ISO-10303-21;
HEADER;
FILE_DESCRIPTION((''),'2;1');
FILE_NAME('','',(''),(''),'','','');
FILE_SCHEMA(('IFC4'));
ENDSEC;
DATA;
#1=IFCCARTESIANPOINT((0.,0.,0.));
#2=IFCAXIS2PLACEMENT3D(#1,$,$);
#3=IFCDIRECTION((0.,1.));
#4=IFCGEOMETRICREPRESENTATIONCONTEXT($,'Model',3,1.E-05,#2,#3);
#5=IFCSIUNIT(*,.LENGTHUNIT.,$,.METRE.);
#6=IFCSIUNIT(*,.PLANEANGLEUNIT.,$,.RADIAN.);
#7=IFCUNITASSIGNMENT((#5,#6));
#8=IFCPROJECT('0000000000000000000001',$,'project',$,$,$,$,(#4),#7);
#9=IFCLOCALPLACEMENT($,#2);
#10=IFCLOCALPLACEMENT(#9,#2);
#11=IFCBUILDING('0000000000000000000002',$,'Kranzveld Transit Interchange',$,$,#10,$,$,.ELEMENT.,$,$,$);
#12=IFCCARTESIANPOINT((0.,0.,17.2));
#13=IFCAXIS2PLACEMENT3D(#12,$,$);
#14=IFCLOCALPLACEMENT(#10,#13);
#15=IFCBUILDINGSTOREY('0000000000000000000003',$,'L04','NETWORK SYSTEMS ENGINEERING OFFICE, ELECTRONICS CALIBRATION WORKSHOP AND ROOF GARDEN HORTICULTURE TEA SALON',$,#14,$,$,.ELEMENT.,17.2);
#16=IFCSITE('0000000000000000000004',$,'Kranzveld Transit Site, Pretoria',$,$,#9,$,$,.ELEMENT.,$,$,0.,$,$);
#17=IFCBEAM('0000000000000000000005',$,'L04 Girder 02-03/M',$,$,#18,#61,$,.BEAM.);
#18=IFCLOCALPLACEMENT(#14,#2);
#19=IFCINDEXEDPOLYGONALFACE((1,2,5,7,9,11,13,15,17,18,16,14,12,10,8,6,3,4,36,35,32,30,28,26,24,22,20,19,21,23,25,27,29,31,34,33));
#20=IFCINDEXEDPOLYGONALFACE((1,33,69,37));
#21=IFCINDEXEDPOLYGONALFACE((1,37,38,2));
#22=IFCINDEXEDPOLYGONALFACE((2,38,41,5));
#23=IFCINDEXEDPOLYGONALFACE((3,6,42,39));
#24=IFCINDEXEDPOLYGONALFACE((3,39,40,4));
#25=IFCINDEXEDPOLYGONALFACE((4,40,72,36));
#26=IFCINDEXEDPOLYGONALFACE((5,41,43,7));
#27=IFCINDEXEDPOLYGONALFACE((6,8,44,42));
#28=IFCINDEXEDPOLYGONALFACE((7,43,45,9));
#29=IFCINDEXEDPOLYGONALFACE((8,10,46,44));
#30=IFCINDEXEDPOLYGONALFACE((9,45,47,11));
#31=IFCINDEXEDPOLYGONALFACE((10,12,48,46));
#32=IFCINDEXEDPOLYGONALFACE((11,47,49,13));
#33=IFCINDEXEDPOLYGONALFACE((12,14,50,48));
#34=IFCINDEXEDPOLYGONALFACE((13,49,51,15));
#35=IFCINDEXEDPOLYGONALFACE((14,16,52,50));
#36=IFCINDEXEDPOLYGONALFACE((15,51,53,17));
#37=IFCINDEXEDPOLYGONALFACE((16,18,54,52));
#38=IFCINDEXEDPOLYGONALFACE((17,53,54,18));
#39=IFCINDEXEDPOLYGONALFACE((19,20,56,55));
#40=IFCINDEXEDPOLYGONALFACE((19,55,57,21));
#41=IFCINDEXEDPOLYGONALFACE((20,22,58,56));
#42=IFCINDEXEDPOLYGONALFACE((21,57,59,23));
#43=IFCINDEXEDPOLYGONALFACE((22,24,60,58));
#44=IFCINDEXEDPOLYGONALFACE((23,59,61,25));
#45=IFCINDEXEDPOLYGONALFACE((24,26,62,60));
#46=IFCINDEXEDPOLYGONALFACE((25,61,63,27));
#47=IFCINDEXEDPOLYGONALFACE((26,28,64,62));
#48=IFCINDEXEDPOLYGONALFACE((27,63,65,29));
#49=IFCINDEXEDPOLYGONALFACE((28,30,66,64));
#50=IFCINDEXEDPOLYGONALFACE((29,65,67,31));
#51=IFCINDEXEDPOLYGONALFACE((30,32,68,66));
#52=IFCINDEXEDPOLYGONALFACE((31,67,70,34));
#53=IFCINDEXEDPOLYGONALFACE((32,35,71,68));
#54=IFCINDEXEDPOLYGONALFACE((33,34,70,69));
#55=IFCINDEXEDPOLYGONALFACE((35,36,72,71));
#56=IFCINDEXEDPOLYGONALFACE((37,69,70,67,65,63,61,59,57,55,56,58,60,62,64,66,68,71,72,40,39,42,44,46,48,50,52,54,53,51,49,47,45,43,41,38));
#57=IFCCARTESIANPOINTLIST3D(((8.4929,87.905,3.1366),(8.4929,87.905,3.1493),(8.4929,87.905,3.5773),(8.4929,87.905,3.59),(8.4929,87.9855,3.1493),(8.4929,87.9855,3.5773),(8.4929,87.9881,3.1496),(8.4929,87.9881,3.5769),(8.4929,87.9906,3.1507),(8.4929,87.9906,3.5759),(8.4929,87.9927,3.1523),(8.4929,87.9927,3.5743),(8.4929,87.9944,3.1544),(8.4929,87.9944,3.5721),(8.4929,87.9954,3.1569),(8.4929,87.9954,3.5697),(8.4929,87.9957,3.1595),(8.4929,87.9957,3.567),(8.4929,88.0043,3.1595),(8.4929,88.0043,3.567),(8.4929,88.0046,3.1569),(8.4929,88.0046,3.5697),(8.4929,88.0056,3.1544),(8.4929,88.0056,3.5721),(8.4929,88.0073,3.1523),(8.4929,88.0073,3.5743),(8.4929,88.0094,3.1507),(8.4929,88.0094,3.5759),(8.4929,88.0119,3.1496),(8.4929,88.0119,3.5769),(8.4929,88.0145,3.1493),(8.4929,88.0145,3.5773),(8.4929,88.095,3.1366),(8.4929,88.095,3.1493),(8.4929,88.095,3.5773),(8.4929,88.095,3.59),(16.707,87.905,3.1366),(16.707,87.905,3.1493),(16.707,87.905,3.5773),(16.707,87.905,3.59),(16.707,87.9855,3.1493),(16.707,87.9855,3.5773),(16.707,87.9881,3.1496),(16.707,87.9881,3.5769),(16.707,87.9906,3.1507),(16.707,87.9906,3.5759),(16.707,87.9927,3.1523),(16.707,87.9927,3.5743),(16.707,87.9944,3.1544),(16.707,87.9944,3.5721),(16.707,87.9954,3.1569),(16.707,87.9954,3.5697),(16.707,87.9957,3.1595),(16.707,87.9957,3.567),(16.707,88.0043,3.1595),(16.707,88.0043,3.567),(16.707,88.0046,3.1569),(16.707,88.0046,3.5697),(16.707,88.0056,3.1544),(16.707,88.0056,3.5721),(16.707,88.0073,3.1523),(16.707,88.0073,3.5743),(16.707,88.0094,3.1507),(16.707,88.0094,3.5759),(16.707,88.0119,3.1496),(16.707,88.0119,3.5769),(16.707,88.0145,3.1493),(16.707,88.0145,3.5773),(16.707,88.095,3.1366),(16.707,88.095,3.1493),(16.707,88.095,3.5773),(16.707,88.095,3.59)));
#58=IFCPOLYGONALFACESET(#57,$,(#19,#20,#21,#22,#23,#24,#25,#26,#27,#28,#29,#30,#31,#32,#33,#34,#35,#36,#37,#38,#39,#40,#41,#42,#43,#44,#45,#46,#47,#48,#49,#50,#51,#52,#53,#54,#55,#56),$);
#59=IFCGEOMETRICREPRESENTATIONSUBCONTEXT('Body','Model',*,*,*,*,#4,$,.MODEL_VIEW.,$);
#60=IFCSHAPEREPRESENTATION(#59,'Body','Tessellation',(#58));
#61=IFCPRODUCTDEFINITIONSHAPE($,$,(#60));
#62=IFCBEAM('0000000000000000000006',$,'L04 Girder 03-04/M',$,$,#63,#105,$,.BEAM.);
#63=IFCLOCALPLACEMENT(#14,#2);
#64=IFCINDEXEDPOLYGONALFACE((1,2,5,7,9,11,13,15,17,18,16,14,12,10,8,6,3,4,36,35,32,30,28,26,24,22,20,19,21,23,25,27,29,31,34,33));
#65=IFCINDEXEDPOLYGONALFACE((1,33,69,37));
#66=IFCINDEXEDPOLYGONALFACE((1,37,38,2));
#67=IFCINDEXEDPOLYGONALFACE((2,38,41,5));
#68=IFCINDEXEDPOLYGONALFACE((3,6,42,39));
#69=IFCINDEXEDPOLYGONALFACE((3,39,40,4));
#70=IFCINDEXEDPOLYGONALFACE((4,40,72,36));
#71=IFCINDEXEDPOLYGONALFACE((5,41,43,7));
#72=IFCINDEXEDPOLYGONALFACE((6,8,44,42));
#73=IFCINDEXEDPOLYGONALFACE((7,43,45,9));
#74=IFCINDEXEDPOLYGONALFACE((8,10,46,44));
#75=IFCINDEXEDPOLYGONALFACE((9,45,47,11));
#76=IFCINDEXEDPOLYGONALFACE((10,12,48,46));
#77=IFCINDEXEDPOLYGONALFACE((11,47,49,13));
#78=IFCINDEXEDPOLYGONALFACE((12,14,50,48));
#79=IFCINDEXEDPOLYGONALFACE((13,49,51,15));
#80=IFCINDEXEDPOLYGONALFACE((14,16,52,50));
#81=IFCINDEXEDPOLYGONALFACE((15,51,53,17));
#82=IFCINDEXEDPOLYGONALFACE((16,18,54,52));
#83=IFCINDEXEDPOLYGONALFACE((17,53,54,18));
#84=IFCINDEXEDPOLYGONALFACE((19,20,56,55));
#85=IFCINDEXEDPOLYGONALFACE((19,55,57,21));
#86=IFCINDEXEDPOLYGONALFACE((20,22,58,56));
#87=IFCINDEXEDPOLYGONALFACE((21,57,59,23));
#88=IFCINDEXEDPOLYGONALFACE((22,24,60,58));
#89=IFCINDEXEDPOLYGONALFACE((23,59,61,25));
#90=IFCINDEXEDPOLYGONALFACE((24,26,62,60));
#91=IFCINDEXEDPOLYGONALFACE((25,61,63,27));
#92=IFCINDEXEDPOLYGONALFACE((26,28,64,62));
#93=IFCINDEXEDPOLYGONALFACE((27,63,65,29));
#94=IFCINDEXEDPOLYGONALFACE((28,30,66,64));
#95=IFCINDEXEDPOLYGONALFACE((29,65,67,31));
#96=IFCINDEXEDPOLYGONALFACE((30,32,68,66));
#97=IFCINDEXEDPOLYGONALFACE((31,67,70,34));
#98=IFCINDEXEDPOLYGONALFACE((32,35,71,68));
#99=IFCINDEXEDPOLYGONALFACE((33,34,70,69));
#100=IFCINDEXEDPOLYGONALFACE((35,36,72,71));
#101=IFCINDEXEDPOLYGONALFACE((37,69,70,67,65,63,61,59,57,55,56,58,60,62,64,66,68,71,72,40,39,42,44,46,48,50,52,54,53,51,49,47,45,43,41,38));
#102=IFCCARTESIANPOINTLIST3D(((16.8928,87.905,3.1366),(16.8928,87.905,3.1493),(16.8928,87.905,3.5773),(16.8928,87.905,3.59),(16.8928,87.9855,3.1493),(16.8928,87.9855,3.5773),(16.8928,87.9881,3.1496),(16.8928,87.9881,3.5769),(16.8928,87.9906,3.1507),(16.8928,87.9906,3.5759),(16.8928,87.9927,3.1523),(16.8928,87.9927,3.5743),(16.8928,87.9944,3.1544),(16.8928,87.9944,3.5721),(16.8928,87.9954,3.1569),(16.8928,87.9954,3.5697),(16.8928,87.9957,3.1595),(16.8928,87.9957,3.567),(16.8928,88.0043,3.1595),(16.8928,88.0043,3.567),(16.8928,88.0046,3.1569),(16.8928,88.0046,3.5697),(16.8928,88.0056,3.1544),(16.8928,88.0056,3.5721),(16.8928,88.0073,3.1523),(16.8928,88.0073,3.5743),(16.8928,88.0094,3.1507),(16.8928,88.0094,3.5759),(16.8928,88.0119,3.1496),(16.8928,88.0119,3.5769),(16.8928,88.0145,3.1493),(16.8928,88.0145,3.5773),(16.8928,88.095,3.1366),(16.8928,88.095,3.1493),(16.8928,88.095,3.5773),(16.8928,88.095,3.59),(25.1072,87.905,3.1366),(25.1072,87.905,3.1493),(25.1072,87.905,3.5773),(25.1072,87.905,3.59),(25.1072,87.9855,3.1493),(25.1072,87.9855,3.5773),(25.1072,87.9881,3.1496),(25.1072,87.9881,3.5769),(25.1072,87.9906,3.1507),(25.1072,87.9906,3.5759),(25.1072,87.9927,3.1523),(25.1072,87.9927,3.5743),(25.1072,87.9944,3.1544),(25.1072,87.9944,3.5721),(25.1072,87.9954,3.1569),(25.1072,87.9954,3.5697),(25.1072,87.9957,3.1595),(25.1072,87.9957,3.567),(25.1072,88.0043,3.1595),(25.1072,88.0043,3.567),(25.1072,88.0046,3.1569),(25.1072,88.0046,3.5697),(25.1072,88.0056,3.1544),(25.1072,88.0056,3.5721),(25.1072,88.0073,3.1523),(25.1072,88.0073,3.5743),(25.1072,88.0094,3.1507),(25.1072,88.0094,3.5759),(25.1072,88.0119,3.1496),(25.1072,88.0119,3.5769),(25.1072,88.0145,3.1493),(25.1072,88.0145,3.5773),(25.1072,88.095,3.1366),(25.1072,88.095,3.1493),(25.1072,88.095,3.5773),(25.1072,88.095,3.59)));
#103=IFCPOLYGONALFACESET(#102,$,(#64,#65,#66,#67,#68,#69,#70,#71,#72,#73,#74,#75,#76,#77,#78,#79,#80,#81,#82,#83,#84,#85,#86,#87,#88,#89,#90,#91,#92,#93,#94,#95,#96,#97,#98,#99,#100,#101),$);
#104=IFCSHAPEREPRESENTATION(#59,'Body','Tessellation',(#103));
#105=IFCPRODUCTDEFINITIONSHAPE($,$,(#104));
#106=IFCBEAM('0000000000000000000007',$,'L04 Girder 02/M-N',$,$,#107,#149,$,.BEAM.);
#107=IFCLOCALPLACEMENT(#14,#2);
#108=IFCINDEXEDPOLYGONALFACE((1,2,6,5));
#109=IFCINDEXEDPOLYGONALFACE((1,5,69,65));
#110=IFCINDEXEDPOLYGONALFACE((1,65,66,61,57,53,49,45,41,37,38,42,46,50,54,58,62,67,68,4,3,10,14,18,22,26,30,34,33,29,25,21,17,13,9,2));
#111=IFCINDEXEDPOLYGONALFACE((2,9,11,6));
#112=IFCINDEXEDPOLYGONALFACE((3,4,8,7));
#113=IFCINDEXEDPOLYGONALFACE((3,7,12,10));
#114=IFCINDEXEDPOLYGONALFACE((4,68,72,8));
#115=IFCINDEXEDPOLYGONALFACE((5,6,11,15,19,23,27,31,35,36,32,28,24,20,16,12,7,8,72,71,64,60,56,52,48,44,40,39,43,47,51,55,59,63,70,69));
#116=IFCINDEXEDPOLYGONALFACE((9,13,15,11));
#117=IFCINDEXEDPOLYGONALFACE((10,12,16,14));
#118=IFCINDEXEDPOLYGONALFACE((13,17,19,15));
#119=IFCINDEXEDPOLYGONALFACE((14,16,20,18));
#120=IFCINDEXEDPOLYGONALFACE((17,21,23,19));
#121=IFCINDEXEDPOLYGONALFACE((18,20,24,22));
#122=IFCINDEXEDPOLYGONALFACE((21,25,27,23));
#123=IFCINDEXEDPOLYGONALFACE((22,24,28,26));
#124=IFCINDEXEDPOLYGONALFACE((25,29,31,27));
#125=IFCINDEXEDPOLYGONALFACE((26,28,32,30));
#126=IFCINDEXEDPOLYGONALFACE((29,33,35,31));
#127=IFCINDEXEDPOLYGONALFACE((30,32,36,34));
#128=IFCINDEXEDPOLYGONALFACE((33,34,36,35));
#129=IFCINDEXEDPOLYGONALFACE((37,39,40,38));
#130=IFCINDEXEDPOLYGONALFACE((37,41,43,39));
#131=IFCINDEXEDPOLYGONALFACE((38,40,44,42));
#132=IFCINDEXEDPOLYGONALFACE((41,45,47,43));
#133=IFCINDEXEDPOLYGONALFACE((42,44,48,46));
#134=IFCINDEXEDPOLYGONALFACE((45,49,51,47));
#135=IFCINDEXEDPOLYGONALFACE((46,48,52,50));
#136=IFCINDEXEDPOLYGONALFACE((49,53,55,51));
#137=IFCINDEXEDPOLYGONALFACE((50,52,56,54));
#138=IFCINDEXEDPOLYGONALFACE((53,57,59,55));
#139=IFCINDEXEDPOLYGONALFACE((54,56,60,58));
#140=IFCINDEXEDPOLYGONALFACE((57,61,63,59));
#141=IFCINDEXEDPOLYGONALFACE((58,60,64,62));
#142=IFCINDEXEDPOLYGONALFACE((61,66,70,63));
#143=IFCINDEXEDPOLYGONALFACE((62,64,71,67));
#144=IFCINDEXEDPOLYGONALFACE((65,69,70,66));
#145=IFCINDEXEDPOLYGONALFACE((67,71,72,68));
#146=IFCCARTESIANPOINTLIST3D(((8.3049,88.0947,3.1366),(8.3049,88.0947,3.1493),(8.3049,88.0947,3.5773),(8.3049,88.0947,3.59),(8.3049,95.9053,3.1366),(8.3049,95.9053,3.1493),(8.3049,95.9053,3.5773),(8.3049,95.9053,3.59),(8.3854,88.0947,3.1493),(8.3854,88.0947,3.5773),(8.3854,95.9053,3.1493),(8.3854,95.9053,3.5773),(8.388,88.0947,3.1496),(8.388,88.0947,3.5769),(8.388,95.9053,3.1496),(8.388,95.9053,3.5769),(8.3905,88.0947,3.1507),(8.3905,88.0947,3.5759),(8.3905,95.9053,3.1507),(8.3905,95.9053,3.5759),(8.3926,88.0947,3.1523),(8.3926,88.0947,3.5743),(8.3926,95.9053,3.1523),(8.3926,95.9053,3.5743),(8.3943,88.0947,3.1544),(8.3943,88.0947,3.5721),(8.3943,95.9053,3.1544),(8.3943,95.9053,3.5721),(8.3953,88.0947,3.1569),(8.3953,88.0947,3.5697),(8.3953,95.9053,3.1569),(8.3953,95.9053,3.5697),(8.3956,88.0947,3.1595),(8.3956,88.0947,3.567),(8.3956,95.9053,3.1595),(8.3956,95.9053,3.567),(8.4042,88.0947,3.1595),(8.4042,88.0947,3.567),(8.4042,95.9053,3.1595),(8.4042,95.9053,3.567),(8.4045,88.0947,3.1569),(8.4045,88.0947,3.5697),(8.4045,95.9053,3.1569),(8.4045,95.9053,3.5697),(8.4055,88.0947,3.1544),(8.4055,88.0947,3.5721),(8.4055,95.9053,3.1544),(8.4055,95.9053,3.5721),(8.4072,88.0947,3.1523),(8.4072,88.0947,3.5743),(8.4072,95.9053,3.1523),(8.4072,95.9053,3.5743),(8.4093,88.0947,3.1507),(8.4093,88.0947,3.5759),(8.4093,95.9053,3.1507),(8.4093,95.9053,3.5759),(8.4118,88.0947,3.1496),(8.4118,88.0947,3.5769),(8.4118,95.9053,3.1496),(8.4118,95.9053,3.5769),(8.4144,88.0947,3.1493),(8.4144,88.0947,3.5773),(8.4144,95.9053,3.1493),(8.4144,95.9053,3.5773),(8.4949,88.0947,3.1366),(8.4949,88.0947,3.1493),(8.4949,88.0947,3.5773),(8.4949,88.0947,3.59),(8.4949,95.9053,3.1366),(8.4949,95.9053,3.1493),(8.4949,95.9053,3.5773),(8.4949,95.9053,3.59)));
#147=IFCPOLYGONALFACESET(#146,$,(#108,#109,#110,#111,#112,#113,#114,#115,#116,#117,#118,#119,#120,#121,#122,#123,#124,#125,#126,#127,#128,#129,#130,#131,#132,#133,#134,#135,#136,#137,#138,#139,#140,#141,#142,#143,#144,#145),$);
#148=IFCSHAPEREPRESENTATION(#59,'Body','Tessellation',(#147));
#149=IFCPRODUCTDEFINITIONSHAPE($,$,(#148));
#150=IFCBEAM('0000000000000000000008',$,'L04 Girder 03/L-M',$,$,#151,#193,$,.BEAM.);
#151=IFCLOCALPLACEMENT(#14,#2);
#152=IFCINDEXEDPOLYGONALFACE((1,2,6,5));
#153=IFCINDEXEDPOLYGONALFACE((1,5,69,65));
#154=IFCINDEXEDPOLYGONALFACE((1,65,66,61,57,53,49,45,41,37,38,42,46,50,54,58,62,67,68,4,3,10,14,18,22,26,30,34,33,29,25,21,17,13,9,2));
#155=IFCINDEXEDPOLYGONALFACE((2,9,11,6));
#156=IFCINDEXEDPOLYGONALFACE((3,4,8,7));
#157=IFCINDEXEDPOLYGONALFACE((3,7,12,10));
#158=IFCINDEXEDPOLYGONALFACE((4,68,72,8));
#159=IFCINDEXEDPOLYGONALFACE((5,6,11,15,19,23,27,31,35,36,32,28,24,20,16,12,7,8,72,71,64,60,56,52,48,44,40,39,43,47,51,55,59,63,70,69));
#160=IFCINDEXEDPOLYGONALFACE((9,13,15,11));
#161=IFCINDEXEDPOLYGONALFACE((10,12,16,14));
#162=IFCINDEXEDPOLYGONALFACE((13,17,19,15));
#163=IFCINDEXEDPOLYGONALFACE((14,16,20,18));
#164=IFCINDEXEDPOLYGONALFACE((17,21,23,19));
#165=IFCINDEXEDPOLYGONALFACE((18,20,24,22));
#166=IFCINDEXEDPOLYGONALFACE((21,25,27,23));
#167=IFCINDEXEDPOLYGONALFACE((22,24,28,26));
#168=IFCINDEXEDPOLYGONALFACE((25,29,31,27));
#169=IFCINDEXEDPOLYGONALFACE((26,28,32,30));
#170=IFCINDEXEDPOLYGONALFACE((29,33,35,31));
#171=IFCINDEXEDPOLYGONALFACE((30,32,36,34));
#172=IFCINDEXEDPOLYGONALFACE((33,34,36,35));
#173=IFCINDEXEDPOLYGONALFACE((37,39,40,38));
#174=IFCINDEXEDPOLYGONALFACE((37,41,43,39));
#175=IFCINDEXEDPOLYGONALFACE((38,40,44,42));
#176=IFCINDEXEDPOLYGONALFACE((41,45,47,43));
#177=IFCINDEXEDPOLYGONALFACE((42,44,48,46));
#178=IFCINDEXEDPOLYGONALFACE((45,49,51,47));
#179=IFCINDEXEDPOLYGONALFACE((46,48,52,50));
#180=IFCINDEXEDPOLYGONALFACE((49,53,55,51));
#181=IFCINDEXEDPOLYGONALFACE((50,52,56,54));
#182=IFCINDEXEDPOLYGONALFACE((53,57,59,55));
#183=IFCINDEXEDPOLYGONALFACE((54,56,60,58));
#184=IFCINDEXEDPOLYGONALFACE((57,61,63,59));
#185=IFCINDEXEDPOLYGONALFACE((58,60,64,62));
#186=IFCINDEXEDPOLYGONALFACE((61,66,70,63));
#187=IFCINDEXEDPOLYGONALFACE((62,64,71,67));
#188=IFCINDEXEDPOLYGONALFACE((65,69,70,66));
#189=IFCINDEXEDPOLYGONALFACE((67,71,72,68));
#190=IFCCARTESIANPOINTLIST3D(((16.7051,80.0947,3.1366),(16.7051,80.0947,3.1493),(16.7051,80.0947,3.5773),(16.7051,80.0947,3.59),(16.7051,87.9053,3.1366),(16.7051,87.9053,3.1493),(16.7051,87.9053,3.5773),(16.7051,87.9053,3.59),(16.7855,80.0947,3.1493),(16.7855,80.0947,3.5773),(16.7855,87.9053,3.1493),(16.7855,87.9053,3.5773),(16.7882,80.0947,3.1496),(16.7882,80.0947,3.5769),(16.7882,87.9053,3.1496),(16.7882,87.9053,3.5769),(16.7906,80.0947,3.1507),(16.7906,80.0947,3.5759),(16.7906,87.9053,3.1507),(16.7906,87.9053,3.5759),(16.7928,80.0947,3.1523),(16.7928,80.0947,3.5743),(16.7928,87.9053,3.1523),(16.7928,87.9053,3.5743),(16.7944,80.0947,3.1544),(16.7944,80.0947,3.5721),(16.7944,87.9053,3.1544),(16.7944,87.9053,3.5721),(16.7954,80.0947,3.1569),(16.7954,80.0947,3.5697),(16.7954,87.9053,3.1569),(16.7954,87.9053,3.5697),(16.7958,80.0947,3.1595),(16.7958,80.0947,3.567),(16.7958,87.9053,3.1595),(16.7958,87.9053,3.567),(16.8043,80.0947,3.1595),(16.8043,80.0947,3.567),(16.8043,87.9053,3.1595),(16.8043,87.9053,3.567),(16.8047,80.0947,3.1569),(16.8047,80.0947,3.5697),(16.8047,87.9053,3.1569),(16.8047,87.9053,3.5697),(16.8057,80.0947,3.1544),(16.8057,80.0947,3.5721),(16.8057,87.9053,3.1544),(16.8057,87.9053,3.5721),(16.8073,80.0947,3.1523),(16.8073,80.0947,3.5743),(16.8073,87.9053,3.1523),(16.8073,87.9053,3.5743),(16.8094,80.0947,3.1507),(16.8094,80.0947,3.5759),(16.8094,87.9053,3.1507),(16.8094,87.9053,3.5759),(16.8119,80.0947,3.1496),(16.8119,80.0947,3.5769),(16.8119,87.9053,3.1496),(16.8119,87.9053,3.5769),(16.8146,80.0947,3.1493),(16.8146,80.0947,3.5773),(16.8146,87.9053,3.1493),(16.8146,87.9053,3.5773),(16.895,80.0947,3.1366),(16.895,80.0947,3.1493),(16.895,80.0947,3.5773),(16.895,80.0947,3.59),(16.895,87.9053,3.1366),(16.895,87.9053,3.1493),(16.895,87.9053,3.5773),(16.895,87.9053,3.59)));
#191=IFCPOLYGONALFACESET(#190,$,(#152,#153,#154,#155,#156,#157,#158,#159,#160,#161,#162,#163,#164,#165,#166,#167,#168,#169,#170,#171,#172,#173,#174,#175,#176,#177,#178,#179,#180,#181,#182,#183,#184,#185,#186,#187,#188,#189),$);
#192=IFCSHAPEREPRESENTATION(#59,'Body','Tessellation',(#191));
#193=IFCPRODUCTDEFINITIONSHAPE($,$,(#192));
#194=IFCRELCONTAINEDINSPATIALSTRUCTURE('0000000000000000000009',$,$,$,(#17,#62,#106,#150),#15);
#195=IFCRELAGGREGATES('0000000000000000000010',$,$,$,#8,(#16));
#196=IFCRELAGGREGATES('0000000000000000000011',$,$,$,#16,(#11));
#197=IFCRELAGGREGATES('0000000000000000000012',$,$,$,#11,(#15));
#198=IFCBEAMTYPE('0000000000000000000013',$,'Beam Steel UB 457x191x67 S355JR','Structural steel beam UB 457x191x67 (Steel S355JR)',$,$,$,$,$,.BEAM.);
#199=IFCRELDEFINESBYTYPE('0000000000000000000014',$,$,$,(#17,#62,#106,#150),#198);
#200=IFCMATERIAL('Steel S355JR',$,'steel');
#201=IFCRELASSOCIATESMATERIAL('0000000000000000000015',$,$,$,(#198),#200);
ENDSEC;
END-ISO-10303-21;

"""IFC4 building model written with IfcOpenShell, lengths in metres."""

from ifc_helpers import new_model, si_unit, direction, frame, origin, origin_2d, place, context, subcontext, project, spatial, i_section, extrude, material, material_profile, profile_set, type_object, element, save


model = new_model("IFC4")

# Units and contexts
model_context = context("Model", 3, precision=1e-05, world=origin(), true_north=direction((0.0, 1.0)))
body_context = subcontext(model_context, "Body", "Model", "MODEL_VIEW")
ifc_project = project(units=[si_unit("LENGTHUNIT", "METRE"), si_unit("PLANEANGLEUNIT", "RADIAN")], contexts=[model_context])

# Site, building, storey
site_placement = place(None, origin())
site = spatial("IfcSite", under=ifc_project, at=site_placement, Name="Kranzveld Transit Site, Pretoria", CompositionType="ELEMENT", RefElevation=0.0)
building_placement = place(site_placement, origin())
building = spatial("IfcBuilding", under=site, at=building_placement, Name="Kranzveld Transit Interchange", CompositionType="ELEMENT")
storey_placement = place(building_placement, frame((0.0, 0.0, 17.2)))
storey = spatial("IfcBuildingStorey", under=building, at=storey_placement, Name="L04", Description="NETWORK SYSTEMS ENGINEERING OFFICE, ELECTRONICS CALIBRATION WORKSHOP AND ROOF GARDEN HORTICULTURE TEA SALON", CompositionType="ELEMENT", Elevation=17.2)

# Beams
ifc_material_1 = material(Name="Steel S355JR", Category="steel")
ifc_material_profile_1 = material_profile(ifc_material_1, i_section(OverallWidth=0.1899, OverallDepth=0.4534, WebThickness=0.0085, FlangeThickness=0.0127, FilletRadius=0.0103, at=origin_2d()), Name="UB 457x191x67")
ifc_profile_set_1 = profile_set([ifc_material_profile_1], Name="Steel S355JR")
beam_type_1 = type_object("IfcBeamType", Name="Beam Steel UB 457x191x67 S355JR", Description="Structural steel beam UB 457x191x67 (Steel S355JR)", PredefinedType="BEAM", material=ifc_profile_set_1)
beam_1_placement = place(storey_placement, frame((8.4929, 88.0, 3.3633), z_axis=(1.0, 0.0, 0.0), x_axis=(0.0, 1.0, 0.0)))
element("IfcBeam", 1, at=beam_1_placement, inside=storey, type_object=beam_type_1, Name="L04 Girder 02-03/M", PredefinedType="BEAM", context=body_context, shape_type="SweptSolid", body=[
    extrude(i_section(OverallWidth=0.1899, OverallDepth=0.4534, WebThickness=0.0085, FlangeThickness=0.0127, FilletRadius=0.0103, at=origin_2d()), origin(), (0.0, 0.0, 1.0), 8.2141),
])
beam_2_placement = place(storey_placement, frame((16.8928, 88.0, 3.3633), z_axis=(1.0, 0.0, 0.0), x_axis=(0.0, 1.0, 0.0)))
element("IfcBeam", 2, at=beam_2_placement, inside=storey, type_object=beam_type_1, Name="L04 Girder 03-04/M", PredefinedType="BEAM", context=body_context, shape_type="SweptSolid", body=[
    extrude(i_section(OverallWidth=0.1899, OverallDepth=0.4534, WebThickness=0.0085, FlangeThickness=0.0127, FilletRadius=0.0103, at=origin_2d()), origin(), (0.0, 0.0, 1.0), 8.2144),
])
for number, where, z_axis, x_axis, name in (
    (3, (8.3999, 88.0947, 3.3633), (0.0, 1.0, 0.0), (-1.0, 0.0, 0.0), "L04 Girder 02/M-N"),
    (4, (16.8, 80.0947, 3.3633), (0.0, 1.0, 0.0), (-1.0, 0.0, 0.0), "L04 Girder 03/L-M"),
):
    element("IfcBeam", number, at=place(storey_placement, frame(where, z_axis=z_axis, x_axis=x_axis)), inside=storey, type_object=beam_type_1, Name=name, PredefinedType="BEAM", context=body_context, shape_type="SweptSolid", body=[
        extrude(i_section(OverallWidth=0.1899, OverallDepth=0.4534, WebThickness=0.0085, FlangeThickness=0.0127, FilletRadius=0.0103, at=origin_2d()), origin(), (0.0, 0.0, 1.0), 7.8105),
    ])

save(model, "model.ifc")
